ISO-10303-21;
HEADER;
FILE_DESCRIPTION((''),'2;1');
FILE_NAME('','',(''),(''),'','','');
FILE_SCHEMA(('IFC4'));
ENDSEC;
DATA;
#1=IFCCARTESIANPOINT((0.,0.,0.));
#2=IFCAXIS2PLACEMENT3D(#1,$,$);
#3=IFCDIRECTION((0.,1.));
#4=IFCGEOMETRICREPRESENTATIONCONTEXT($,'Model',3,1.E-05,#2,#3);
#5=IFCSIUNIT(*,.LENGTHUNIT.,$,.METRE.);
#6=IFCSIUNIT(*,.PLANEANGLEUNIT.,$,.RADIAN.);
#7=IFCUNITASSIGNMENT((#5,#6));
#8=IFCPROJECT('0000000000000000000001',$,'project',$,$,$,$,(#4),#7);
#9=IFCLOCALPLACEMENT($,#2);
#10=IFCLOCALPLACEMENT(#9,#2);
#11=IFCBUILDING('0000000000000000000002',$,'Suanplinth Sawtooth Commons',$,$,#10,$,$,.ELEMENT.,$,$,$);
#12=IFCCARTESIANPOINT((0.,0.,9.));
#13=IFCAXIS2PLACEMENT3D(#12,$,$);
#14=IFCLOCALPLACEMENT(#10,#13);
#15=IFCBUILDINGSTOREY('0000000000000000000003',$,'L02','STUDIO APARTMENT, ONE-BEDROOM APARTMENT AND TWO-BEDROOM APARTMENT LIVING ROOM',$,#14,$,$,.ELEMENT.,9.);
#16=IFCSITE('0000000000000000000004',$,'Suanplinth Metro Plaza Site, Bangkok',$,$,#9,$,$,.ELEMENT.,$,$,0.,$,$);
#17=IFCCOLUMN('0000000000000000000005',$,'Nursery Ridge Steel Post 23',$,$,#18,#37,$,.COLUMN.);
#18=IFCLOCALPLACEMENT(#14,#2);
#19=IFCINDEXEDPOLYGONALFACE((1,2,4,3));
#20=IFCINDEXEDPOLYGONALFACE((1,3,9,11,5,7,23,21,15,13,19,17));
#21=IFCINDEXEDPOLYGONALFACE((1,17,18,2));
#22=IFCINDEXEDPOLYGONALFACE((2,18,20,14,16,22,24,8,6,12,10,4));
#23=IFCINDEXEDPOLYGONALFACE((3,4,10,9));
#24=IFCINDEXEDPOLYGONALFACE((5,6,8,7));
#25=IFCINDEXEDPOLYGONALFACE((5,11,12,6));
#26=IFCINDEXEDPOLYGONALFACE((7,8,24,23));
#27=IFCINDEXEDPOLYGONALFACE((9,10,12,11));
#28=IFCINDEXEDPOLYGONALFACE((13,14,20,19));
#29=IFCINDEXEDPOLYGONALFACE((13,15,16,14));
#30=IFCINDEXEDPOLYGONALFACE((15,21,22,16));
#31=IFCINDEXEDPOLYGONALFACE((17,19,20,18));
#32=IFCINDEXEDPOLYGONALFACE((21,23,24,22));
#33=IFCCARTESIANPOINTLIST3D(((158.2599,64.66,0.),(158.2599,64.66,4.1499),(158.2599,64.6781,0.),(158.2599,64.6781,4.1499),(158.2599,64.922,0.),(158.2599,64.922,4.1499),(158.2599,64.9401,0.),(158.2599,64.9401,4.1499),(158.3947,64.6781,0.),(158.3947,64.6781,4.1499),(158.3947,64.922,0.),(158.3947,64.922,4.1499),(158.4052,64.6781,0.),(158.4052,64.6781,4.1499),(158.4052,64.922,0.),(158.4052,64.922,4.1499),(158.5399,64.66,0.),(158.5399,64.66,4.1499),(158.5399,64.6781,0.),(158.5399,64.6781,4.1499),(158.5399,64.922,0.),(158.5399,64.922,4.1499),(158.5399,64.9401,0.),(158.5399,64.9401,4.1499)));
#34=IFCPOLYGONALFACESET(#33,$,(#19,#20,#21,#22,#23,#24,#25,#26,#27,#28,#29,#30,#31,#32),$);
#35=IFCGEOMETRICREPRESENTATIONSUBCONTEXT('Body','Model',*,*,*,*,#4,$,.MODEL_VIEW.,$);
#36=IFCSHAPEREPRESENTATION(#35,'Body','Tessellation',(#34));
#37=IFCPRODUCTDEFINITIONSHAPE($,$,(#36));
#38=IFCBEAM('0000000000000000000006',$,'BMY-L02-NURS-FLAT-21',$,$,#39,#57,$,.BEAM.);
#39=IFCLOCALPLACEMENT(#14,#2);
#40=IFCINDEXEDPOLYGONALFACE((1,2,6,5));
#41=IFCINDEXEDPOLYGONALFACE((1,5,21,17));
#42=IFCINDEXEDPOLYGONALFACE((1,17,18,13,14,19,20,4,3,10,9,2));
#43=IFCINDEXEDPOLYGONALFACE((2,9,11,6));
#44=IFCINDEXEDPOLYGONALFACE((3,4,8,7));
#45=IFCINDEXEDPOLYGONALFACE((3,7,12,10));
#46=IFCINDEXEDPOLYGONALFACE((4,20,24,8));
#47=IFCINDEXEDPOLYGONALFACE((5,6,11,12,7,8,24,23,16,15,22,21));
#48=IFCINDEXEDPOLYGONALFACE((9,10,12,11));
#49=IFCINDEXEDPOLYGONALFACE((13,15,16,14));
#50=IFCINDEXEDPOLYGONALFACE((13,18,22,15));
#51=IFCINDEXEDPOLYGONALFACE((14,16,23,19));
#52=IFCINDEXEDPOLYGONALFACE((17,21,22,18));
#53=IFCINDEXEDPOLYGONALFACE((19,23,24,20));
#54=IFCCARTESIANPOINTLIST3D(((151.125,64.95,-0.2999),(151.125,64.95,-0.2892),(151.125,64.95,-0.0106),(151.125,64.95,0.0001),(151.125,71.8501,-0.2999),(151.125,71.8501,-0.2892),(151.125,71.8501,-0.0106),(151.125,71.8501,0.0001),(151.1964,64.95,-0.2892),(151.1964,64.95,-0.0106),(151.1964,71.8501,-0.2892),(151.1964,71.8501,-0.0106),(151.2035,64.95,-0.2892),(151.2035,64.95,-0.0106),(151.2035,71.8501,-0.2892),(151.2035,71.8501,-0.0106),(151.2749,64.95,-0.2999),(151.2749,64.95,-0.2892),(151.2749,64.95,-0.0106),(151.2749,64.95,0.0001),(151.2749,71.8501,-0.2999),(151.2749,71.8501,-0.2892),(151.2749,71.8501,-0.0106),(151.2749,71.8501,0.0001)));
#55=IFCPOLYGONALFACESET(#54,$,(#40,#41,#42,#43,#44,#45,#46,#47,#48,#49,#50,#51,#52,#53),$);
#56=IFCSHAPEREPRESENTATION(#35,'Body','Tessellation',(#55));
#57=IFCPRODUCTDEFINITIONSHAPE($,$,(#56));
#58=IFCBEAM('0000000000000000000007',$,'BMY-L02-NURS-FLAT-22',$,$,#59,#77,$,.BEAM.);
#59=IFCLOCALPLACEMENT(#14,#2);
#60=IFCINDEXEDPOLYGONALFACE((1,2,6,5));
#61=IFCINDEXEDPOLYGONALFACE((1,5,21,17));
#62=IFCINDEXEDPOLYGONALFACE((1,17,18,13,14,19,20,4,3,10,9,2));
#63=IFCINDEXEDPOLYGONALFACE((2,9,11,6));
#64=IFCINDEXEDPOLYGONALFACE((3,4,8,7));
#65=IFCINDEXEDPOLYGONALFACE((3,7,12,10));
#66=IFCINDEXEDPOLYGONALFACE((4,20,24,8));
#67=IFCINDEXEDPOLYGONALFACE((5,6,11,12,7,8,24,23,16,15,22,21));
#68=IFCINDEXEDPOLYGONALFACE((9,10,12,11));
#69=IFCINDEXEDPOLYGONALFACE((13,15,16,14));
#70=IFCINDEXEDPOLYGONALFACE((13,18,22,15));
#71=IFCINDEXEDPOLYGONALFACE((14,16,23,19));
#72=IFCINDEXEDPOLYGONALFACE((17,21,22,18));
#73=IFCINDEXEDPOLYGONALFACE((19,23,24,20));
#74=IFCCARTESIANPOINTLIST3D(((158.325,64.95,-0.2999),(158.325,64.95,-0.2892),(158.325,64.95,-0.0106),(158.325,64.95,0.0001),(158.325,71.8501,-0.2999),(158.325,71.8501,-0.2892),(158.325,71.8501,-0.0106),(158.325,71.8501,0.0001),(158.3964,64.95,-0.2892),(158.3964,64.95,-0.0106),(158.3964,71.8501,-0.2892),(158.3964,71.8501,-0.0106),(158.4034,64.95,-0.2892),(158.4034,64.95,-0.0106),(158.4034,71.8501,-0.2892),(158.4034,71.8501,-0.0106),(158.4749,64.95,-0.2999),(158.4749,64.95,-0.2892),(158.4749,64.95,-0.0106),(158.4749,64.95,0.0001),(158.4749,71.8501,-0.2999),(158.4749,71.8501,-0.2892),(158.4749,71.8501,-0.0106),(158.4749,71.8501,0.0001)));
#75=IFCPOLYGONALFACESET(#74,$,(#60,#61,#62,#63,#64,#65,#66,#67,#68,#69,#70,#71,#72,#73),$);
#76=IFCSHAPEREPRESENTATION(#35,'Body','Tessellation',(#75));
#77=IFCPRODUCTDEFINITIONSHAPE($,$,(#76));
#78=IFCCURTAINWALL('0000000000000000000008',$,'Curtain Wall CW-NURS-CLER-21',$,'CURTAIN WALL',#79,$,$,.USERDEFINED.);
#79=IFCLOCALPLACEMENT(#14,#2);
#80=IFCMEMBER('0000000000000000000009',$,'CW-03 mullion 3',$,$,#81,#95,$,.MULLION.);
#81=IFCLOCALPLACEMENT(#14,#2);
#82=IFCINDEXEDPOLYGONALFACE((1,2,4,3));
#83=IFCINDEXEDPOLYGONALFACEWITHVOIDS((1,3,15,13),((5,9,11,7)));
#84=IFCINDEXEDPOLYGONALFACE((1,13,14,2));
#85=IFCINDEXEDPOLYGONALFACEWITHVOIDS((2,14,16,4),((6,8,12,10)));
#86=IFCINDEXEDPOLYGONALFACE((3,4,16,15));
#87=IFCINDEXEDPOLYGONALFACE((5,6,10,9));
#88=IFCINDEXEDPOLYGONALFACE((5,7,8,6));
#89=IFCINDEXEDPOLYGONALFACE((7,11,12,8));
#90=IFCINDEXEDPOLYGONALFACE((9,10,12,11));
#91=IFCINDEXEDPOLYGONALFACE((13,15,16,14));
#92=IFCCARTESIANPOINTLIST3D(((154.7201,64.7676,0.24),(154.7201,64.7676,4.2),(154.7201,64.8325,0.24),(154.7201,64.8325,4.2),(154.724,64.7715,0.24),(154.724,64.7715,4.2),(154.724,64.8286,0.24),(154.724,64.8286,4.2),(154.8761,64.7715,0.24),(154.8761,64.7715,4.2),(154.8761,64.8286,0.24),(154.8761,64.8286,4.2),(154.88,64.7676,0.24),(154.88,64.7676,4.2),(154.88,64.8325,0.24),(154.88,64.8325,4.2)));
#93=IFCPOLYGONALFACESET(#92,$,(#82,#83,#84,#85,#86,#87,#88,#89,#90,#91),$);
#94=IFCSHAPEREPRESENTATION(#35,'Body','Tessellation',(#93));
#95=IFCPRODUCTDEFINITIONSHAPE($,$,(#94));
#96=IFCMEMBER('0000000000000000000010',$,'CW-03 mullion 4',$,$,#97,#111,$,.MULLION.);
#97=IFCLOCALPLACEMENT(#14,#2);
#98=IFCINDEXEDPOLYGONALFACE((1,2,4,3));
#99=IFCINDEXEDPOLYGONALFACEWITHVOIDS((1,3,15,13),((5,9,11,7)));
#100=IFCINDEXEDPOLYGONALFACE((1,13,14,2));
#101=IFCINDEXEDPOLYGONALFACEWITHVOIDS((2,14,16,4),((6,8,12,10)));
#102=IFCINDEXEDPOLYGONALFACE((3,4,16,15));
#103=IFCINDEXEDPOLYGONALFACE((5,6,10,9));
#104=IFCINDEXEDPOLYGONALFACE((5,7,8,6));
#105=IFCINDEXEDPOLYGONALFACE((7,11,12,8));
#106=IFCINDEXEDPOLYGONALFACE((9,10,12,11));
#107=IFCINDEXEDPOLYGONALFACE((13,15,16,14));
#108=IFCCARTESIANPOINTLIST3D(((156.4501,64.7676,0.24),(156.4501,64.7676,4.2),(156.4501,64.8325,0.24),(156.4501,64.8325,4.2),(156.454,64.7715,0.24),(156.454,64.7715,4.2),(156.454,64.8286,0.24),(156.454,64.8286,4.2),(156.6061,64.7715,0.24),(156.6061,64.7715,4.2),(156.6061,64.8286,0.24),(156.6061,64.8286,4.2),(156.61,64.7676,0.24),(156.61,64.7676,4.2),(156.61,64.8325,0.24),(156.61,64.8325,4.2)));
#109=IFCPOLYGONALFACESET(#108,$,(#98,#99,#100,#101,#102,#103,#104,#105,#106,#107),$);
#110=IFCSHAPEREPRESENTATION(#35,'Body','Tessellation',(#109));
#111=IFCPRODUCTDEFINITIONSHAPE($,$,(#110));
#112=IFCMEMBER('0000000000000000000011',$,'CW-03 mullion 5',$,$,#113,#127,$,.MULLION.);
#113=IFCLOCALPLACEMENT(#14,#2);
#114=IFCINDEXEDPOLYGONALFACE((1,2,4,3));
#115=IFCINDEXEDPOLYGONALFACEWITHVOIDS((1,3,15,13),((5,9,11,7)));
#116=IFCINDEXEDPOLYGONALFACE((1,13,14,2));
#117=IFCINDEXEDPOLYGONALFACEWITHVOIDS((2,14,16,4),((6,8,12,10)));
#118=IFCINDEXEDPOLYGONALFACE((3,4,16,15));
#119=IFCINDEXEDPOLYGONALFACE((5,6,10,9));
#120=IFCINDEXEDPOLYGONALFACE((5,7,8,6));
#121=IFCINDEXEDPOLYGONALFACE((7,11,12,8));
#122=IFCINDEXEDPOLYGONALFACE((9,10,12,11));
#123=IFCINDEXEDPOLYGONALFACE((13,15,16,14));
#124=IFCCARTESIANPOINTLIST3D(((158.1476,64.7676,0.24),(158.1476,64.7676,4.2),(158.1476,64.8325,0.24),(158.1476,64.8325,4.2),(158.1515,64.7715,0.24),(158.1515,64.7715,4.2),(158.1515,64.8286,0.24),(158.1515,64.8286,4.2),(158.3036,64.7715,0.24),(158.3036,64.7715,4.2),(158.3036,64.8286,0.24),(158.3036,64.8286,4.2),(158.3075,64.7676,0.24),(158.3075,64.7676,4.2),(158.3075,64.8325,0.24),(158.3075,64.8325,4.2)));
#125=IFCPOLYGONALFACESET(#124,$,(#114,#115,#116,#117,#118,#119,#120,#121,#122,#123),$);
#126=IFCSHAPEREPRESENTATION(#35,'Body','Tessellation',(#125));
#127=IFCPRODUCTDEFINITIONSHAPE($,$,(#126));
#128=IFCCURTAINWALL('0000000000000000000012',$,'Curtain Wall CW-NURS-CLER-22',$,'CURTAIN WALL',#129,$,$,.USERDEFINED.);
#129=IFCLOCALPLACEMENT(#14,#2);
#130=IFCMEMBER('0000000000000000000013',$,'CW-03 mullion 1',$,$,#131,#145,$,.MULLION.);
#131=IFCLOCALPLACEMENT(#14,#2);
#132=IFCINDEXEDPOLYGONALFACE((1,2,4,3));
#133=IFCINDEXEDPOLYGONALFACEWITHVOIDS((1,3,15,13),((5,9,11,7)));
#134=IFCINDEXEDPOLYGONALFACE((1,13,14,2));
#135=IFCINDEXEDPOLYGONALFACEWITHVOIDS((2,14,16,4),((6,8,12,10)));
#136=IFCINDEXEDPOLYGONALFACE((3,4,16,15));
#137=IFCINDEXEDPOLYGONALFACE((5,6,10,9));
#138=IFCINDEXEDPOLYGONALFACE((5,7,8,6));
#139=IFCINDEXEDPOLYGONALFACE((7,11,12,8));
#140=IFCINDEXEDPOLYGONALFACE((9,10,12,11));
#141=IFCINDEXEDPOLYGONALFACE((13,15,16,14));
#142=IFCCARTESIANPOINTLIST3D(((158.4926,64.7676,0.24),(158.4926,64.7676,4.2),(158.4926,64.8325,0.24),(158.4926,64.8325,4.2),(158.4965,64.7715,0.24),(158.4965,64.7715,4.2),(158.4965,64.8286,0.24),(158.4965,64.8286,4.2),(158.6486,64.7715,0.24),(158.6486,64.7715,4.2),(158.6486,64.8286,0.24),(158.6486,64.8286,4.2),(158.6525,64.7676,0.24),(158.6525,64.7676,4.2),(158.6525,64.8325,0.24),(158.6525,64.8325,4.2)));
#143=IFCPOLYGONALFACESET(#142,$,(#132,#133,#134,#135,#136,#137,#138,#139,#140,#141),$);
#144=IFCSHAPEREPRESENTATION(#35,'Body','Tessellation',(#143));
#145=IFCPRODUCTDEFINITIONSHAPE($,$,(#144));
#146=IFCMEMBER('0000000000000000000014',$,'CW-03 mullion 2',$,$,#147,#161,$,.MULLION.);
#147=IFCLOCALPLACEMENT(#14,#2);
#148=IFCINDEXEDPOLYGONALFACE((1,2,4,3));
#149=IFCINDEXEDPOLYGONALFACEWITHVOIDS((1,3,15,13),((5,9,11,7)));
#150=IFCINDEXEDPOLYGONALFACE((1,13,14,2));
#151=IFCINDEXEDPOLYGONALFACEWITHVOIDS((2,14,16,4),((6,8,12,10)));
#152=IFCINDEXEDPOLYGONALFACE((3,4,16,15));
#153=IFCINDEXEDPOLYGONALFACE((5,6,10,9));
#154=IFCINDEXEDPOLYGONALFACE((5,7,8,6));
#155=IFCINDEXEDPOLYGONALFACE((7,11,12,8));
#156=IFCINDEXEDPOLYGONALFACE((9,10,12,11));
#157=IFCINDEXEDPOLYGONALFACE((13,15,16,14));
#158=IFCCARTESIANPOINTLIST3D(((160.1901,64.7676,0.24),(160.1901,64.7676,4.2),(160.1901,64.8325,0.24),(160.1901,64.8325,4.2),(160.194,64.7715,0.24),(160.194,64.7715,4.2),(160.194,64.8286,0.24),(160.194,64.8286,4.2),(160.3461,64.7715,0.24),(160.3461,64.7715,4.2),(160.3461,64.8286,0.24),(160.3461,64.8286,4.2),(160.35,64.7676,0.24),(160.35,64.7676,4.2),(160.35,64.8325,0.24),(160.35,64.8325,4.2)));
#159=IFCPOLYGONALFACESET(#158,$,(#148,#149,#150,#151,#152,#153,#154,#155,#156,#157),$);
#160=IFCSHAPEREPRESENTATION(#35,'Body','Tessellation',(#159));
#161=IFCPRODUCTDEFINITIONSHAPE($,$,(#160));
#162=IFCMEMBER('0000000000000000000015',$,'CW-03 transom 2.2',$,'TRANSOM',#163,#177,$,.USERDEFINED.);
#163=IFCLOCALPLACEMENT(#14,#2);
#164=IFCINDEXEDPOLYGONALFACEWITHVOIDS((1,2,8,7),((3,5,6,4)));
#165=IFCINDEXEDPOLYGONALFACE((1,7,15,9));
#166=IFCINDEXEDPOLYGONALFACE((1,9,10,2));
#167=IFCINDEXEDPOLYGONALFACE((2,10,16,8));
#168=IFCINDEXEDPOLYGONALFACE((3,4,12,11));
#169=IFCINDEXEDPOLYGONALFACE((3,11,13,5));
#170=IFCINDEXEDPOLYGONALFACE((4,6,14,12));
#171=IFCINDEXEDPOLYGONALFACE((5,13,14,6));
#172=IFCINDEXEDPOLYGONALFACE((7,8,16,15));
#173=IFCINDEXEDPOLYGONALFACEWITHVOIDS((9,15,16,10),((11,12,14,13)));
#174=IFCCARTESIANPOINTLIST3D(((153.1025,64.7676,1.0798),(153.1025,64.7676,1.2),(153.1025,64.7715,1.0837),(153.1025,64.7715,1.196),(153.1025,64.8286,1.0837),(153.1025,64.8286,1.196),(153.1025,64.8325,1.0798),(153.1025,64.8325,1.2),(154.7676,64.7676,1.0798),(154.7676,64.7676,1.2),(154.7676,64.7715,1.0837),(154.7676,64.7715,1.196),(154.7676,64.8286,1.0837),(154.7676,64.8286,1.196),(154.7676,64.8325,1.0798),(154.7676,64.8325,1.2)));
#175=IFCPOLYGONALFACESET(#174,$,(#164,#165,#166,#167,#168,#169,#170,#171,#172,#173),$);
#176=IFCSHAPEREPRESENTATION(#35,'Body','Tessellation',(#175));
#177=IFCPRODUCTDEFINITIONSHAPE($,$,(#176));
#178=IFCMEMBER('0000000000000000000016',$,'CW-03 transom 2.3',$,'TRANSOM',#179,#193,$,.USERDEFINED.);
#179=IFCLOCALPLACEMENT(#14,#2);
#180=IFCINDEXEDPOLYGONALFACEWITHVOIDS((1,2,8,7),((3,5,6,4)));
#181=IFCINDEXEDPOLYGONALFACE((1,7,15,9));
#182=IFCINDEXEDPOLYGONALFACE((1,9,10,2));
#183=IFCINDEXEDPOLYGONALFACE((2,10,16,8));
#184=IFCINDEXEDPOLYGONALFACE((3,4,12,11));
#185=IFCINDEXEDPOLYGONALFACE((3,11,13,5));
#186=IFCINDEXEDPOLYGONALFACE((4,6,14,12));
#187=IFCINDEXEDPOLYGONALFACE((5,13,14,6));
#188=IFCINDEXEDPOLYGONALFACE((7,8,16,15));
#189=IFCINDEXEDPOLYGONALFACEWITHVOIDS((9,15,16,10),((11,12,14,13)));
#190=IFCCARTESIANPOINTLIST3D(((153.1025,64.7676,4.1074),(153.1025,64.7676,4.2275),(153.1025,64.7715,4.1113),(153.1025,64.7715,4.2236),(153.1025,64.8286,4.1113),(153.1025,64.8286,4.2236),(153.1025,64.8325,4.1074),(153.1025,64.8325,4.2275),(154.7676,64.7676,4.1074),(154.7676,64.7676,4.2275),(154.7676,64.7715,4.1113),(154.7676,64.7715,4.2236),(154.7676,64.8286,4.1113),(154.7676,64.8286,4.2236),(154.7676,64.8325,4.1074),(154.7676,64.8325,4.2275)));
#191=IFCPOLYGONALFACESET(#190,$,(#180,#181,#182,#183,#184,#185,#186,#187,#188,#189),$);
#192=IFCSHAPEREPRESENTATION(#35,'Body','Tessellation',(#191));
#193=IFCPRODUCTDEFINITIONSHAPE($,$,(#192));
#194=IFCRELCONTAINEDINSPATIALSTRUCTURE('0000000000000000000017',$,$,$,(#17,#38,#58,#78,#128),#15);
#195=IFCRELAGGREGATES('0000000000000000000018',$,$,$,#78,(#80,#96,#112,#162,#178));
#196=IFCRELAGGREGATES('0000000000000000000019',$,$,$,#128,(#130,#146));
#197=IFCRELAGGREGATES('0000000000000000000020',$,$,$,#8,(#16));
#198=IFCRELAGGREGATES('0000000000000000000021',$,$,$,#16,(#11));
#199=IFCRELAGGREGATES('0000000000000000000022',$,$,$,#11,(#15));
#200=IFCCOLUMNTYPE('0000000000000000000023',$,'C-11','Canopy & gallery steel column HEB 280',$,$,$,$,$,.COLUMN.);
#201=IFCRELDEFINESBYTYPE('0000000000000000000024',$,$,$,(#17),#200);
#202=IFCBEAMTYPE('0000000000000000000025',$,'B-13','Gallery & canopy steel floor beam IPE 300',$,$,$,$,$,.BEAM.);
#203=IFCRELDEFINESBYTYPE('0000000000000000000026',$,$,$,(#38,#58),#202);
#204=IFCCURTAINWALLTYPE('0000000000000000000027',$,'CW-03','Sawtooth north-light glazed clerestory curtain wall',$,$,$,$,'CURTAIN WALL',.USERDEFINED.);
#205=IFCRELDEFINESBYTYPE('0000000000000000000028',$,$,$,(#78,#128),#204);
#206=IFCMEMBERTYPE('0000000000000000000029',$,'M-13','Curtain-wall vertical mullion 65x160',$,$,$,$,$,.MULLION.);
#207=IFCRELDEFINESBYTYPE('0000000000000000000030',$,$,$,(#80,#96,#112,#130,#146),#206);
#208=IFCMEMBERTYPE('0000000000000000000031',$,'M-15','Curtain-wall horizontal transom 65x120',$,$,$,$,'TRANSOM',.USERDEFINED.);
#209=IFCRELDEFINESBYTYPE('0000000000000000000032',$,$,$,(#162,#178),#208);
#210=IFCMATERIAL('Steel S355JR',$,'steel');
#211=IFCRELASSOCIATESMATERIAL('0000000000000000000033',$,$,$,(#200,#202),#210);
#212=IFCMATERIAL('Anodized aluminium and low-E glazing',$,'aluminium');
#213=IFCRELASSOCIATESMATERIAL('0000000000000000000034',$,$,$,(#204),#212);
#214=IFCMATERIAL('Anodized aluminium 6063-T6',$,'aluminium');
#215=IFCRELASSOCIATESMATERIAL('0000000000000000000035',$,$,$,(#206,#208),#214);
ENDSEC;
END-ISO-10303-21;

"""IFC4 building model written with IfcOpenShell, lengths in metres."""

from ifc_helpers import new_model, si_unit, direction, frame, origin, origin_2d, place, context, subcontext, project, spatial, hollow_rectangle, i_section, extrude, material, material_profile, profile_set, type_object, element, aggregate, save


model = new_model("IFC4")

# Units and contexts
model_context = context("Model", 3, precision=1e-05, world=origin(), true_north=direction((0.0, 1.0)))
body_context = subcontext(model_context, "Body", "Model", "MODEL_VIEW")
ifc_project = project(units=[si_unit("LENGTHUNIT", "METRE"), si_unit("PLANEANGLEUNIT", "RADIAN")], contexts=[model_context])

# Site, building, storey
site_placement = place(None, origin())
site = spatial("IfcSite", under=ifc_project, at=site_placement, Name="Suanplinth Metro Plaza Site, Bangkok", CompositionType="ELEMENT", RefElevation=0.0)
building_placement = place(site_placement, origin())
building = spatial("IfcBuilding", under=site, at=building_placement, Name="Suanplinth Sawtooth Commons", CompositionType="ELEMENT")
storey_placement = place(building_placement, frame((0.0, 0.0, 9.0)))
storey = spatial("IfcBuildingStorey", under=building, at=storey_placement, Name="L02", Description="STUDIO APARTMENT, ONE-BEDROOM APARTMENT AND TWO-BEDROOM APARTMENT LIVING ROOM", CompositionType="ELEMENT", Elevation=9.0)

# Column
ifc_material_1 = material(Name="Steel S355JR", Category="steel")
ifc_material_profile_1 = material_profile(ifc_material_1, i_section(OverallWidth=0.28, OverallDepth=0.28, WebThickness=0.0105, FlangeThickness=0.0181, at=origin_2d()), Name="HEB 280")
ifc_profile_set_1 = profile_set([ifc_material_profile_1], Name="Steel S355JR")
column_type = type_object("IfcColumnType", Name="C-11", Description="Canopy & gallery steel column HEB 280", PredefinedType="COLUMN", material=ifc_profile_set_1)
column_placement = place(storey_placement, frame((158.3999, 64.8, 0.0), z_axis=(0.0, 0.0, 1.0), x_axis=(1.0, 0.0, 0.0)))
element("IfcColumn", 1, at=column_placement, inside=storey, type_object=column_type, Name="Nursery Ridge Steel Post 23", PredefinedType="COLUMN", context=body_context, shape_type="SweptSolid", body=[
    extrude(i_section(OverallWidth=0.28, OverallDepth=0.28, WebThickness=0.0105, FlangeThickness=0.0181, at=origin_2d()), origin(), (0.0, 0.0, 1.0), 4.1499),
])

# Beams
ifc_material_profile_2 = material_profile(ifc_material_1, i_section(OverallWidth=0.1499, OverallDepth=0.3, WebThickness=0.0071, FlangeThickness=0.0107, at=origin_2d()), Name="IPE 300")
ifc_profile_set_2 = profile_set([ifc_material_profile_2], Name="Steel S355JR")
beam_type = type_object("IfcBeamType", Name="B-13", Description="Gallery & canopy steel floor beam IPE 300", PredefinedType="BEAM", material=ifc_profile_set_2)
for number, where, z_axis, x_axis, name in (
    (2, (151.2, 64.95, -0.1499), (0.0, 1.0, 0.0), (-1.0, 0.0, 0.0), "BMY-L02-NURS-FLAT-21"),
    (3, (158.3999, 64.95, -0.1499), (0.0, 1.0, 0.0), (-1.0, 0.0, 0.0), "BMY-L02-NURS-FLAT-22"),
):
    element("IfcBeam", number, at=place(storey_placement, frame(where, z_axis=z_axis, x_axis=x_axis)), inside=storey, type_object=beam_type, Name=name, PredefinedType="BEAM", context=body_context, shape_type="SweptSolid", body=[
        extrude(i_section(OverallWidth=0.1499, OverallDepth=0.3, WebThickness=0.0071, FlangeThickness=0.0107, at=origin_2d()), origin(), (0.0, 0.0, 1.0), 6.9001),
    ])

# Curtain walls, members
ifc_material_2 = material(Name="Anodized aluminium and low-E glazing", Category="aluminium")
curtain_wall_type = type_object("IfcCurtainWallType", Name="CW-03", Description="Sawtooth north-light glazed clerestory curtain wall", ElementType="CURTAIN WALL", PredefinedType="USERDEFINED", material=ifc_material_2)
curtain_wall_1_placement = place(storey_placement, origin())
curtain_wall_1 = element("IfcCurtainWall", 4, at=curtain_wall_1_placement, inside=storey, type_object=curtain_wall_type, Name="Curtain Wall CW-NURS-CLER-21", ObjectType="CURTAIN WALL", PredefinedType="USERDEFINED")
ifc_material_3 = material(Name="Anodized aluminium 6063-T6", Category="aluminium")
ifc_material_profile_3 = material_profile(ifc_material_3, hollow_rectangle(XDim=0.0649, YDim=0.1599, WallThickness=0.0039, at=origin_2d()), Name="ALU-MUL 65x160")
ifc_profile_set_3 = profile_set([ifc_material_profile_3], Name="Anodized aluminium 6063-T6")
member_type_1 = type_object("IfcMemberType", Name="M-13", Description="Curtain-wall vertical mullion 65x160", PredefinedType="MULLION", material=ifc_profile_set_3)
member_1_placement = place(storey_placement, frame((154.8, 64.8, 0.24), z_axis=(0.0, 0.0, 1.0), x_axis=(0.0, 1.0, 0.0)))
member_1 = element("IfcMember", 5, at=member_1_placement, type_object=member_type_1, Name="CW-03 mullion 3", PredefinedType="MULLION", context=body_context, shape_type="SweptSolid", body=[
    extrude(hollow_rectangle(XDim=0.0649, YDim=0.1599, WallThickness=0.0039, at=origin_2d()), origin(), (0.0, 0.0, 1.0), 3.96),
])
member_2_placement = place(storey_placement, frame((156.53, 64.8, 0.24), z_axis=(0.0, 0.0, 1.0), x_axis=(0.0, 1.0, 0.0)))
member_2 = element("IfcMember", 6, at=member_2_placement, type_object=member_type_1, Name="CW-03 mullion 4", PredefinedType="MULLION", context=body_context, shape_type="SweptSolid", body=[
    extrude(hollow_rectangle(XDim=0.0649, YDim=0.1599, WallThickness=0.0039, at=origin_2d()), origin(), (0.0, 0.0, 1.0), 3.96),
])
member_3_placement = place(storey_placement, frame((158.2275, 64.8, 0.24), z_axis=(0.0, 0.0, 1.0), x_axis=(0.0, 1.0, 0.0)))
member_3 = element("IfcMember", 7, at=member_3_placement, type_object=member_type_1, Name="CW-03 mullion 5", PredefinedType="MULLION", context=body_context, shape_type="SweptSolid", body=[
    extrude(hollow_rectangle(XDim=0.0649, YDim=0.1599, WallThickness=0.0039, at=origin_2d()), origin(), (0.0, 0.0, 1.0), 3.96),
])
curtain_wall_2_placement = place(storey_placement, origin())
curtain_wall_2 = element("IfcCurtainWall", 8, at=curtain_wall_2_placement, inside=storey, type_object=curtain_wall_type, Name="Curtain Wall CW-NURS-CLER-22", ObjectType="CURTAIN WALL", PredefinedType="USERDEFINED")
member_4_placement = place(storey_placement, frame((158.5725, 64.8, 0.24), z_axis=(0.0, 0.0, 1.0), x_axis=(0.0, 1.0, 0.0)))
member_4 = element("IfcMember", 9, at=member_4_placement, type_object=member_type_1, Name="CW-03 mullion 1", PredefinedType="MULLION", context=body_context, shape_type="SweptSolid", body=[
    extrude(hollow_rectangle(XDim=0.0649, YDim=0.1599, WallThickness=0.0039, at=origin_2d()), origin(), (0.0, 0.0, 1.0), 3.96),
])
member_5_placement = place(storey_placement, frame((160.27, 64.8, 0.24), z_axis=(0.0, 0.0, 1.0), x_axis=(0.0, 1.0, 0.0)))
member_5 = element("IfcMember", 10, at=member_5_placement, type_object=member_type_1, Name="CW-03 mullion 2", PredefinedType="MULLION", context=body_context, shape_type="SweptSolid", body=[
    extrude(hollow_rectangle(XDim=0.0649, YDim=0.1599, WallThickness=0.0039, at=origin_2d()), origin(), (0.0, 0.0, 1.0), 3.96),
])

# Members
ifc_material_profile_4 = material_profile(ifc_material_3, hollow_rectangle(XDim=0.0649, YDim=0.1201, WallThickness=0.0039, at=origin_2d()), Name="ALU-TRN 65x120")
ifc_profile_set_4 = profile_set([ifc_material_profile_4], Name="Anodized aluminium 6063-T6")
member_type_2 = type_object("IfcMemberType", Name="M-15", Description="Curtain-wall horizontal transom 65x120", ElementType="TRANSOM", PredefinedType="USERDEFINED", material=ifc_profile_set_4)
member_6_placement = place(storey_placement, frame((153.1025, 64.8, 1.1399), z_axis=(1.0, 0.0, 0.0), x_axis=(0.0, 1.0, 0.0)))
member_6 = element("IfcMember", 11, at=member_6_placement, type_object=member_type_2, Name="CW-03 transom 2.2", ObjectType="TRANSOM", PredefinedType="USERDEFINED", context=body_context, shape_type="SweptSolid", body=[
    extrude(hollow_rectangle(XDim=0.0649, YDim=0.1201, WallThickness=0.0039, at=origin_2d()), origin(), (0.0, 0.0, 1.0), 1.665),
])
member_7_placement = place(storey_placement, frame((153.1025, 64.8, 4.1675), z_axis=(1.0, 0.0, 0.0), x_axis=(0.0, 1.0, 0.0)))
member_7 = element("IfcMember", 12, at=member_7_placement, type_object=member_type_2, Name="CW-03 transom 2.3", ObjectType="TRANSOM", PredefinedType="USERDEFINED", context=body_context, shape_type="SweptSolid", body=[
    extrude(hollow_rectangle(XDim=0.0649, YDim=0.1201, WallThickness=0.0039, at=origin_2d()), origin(), (0.0, 0.0, 1.0), 1.665),
])

aggregate(curtain_wall_1, [member_1, member_2, member_3, member_6, member_7])
aggregate(curtain_wall_2, [member_4, member_5])

save(model, "model.ifc")
